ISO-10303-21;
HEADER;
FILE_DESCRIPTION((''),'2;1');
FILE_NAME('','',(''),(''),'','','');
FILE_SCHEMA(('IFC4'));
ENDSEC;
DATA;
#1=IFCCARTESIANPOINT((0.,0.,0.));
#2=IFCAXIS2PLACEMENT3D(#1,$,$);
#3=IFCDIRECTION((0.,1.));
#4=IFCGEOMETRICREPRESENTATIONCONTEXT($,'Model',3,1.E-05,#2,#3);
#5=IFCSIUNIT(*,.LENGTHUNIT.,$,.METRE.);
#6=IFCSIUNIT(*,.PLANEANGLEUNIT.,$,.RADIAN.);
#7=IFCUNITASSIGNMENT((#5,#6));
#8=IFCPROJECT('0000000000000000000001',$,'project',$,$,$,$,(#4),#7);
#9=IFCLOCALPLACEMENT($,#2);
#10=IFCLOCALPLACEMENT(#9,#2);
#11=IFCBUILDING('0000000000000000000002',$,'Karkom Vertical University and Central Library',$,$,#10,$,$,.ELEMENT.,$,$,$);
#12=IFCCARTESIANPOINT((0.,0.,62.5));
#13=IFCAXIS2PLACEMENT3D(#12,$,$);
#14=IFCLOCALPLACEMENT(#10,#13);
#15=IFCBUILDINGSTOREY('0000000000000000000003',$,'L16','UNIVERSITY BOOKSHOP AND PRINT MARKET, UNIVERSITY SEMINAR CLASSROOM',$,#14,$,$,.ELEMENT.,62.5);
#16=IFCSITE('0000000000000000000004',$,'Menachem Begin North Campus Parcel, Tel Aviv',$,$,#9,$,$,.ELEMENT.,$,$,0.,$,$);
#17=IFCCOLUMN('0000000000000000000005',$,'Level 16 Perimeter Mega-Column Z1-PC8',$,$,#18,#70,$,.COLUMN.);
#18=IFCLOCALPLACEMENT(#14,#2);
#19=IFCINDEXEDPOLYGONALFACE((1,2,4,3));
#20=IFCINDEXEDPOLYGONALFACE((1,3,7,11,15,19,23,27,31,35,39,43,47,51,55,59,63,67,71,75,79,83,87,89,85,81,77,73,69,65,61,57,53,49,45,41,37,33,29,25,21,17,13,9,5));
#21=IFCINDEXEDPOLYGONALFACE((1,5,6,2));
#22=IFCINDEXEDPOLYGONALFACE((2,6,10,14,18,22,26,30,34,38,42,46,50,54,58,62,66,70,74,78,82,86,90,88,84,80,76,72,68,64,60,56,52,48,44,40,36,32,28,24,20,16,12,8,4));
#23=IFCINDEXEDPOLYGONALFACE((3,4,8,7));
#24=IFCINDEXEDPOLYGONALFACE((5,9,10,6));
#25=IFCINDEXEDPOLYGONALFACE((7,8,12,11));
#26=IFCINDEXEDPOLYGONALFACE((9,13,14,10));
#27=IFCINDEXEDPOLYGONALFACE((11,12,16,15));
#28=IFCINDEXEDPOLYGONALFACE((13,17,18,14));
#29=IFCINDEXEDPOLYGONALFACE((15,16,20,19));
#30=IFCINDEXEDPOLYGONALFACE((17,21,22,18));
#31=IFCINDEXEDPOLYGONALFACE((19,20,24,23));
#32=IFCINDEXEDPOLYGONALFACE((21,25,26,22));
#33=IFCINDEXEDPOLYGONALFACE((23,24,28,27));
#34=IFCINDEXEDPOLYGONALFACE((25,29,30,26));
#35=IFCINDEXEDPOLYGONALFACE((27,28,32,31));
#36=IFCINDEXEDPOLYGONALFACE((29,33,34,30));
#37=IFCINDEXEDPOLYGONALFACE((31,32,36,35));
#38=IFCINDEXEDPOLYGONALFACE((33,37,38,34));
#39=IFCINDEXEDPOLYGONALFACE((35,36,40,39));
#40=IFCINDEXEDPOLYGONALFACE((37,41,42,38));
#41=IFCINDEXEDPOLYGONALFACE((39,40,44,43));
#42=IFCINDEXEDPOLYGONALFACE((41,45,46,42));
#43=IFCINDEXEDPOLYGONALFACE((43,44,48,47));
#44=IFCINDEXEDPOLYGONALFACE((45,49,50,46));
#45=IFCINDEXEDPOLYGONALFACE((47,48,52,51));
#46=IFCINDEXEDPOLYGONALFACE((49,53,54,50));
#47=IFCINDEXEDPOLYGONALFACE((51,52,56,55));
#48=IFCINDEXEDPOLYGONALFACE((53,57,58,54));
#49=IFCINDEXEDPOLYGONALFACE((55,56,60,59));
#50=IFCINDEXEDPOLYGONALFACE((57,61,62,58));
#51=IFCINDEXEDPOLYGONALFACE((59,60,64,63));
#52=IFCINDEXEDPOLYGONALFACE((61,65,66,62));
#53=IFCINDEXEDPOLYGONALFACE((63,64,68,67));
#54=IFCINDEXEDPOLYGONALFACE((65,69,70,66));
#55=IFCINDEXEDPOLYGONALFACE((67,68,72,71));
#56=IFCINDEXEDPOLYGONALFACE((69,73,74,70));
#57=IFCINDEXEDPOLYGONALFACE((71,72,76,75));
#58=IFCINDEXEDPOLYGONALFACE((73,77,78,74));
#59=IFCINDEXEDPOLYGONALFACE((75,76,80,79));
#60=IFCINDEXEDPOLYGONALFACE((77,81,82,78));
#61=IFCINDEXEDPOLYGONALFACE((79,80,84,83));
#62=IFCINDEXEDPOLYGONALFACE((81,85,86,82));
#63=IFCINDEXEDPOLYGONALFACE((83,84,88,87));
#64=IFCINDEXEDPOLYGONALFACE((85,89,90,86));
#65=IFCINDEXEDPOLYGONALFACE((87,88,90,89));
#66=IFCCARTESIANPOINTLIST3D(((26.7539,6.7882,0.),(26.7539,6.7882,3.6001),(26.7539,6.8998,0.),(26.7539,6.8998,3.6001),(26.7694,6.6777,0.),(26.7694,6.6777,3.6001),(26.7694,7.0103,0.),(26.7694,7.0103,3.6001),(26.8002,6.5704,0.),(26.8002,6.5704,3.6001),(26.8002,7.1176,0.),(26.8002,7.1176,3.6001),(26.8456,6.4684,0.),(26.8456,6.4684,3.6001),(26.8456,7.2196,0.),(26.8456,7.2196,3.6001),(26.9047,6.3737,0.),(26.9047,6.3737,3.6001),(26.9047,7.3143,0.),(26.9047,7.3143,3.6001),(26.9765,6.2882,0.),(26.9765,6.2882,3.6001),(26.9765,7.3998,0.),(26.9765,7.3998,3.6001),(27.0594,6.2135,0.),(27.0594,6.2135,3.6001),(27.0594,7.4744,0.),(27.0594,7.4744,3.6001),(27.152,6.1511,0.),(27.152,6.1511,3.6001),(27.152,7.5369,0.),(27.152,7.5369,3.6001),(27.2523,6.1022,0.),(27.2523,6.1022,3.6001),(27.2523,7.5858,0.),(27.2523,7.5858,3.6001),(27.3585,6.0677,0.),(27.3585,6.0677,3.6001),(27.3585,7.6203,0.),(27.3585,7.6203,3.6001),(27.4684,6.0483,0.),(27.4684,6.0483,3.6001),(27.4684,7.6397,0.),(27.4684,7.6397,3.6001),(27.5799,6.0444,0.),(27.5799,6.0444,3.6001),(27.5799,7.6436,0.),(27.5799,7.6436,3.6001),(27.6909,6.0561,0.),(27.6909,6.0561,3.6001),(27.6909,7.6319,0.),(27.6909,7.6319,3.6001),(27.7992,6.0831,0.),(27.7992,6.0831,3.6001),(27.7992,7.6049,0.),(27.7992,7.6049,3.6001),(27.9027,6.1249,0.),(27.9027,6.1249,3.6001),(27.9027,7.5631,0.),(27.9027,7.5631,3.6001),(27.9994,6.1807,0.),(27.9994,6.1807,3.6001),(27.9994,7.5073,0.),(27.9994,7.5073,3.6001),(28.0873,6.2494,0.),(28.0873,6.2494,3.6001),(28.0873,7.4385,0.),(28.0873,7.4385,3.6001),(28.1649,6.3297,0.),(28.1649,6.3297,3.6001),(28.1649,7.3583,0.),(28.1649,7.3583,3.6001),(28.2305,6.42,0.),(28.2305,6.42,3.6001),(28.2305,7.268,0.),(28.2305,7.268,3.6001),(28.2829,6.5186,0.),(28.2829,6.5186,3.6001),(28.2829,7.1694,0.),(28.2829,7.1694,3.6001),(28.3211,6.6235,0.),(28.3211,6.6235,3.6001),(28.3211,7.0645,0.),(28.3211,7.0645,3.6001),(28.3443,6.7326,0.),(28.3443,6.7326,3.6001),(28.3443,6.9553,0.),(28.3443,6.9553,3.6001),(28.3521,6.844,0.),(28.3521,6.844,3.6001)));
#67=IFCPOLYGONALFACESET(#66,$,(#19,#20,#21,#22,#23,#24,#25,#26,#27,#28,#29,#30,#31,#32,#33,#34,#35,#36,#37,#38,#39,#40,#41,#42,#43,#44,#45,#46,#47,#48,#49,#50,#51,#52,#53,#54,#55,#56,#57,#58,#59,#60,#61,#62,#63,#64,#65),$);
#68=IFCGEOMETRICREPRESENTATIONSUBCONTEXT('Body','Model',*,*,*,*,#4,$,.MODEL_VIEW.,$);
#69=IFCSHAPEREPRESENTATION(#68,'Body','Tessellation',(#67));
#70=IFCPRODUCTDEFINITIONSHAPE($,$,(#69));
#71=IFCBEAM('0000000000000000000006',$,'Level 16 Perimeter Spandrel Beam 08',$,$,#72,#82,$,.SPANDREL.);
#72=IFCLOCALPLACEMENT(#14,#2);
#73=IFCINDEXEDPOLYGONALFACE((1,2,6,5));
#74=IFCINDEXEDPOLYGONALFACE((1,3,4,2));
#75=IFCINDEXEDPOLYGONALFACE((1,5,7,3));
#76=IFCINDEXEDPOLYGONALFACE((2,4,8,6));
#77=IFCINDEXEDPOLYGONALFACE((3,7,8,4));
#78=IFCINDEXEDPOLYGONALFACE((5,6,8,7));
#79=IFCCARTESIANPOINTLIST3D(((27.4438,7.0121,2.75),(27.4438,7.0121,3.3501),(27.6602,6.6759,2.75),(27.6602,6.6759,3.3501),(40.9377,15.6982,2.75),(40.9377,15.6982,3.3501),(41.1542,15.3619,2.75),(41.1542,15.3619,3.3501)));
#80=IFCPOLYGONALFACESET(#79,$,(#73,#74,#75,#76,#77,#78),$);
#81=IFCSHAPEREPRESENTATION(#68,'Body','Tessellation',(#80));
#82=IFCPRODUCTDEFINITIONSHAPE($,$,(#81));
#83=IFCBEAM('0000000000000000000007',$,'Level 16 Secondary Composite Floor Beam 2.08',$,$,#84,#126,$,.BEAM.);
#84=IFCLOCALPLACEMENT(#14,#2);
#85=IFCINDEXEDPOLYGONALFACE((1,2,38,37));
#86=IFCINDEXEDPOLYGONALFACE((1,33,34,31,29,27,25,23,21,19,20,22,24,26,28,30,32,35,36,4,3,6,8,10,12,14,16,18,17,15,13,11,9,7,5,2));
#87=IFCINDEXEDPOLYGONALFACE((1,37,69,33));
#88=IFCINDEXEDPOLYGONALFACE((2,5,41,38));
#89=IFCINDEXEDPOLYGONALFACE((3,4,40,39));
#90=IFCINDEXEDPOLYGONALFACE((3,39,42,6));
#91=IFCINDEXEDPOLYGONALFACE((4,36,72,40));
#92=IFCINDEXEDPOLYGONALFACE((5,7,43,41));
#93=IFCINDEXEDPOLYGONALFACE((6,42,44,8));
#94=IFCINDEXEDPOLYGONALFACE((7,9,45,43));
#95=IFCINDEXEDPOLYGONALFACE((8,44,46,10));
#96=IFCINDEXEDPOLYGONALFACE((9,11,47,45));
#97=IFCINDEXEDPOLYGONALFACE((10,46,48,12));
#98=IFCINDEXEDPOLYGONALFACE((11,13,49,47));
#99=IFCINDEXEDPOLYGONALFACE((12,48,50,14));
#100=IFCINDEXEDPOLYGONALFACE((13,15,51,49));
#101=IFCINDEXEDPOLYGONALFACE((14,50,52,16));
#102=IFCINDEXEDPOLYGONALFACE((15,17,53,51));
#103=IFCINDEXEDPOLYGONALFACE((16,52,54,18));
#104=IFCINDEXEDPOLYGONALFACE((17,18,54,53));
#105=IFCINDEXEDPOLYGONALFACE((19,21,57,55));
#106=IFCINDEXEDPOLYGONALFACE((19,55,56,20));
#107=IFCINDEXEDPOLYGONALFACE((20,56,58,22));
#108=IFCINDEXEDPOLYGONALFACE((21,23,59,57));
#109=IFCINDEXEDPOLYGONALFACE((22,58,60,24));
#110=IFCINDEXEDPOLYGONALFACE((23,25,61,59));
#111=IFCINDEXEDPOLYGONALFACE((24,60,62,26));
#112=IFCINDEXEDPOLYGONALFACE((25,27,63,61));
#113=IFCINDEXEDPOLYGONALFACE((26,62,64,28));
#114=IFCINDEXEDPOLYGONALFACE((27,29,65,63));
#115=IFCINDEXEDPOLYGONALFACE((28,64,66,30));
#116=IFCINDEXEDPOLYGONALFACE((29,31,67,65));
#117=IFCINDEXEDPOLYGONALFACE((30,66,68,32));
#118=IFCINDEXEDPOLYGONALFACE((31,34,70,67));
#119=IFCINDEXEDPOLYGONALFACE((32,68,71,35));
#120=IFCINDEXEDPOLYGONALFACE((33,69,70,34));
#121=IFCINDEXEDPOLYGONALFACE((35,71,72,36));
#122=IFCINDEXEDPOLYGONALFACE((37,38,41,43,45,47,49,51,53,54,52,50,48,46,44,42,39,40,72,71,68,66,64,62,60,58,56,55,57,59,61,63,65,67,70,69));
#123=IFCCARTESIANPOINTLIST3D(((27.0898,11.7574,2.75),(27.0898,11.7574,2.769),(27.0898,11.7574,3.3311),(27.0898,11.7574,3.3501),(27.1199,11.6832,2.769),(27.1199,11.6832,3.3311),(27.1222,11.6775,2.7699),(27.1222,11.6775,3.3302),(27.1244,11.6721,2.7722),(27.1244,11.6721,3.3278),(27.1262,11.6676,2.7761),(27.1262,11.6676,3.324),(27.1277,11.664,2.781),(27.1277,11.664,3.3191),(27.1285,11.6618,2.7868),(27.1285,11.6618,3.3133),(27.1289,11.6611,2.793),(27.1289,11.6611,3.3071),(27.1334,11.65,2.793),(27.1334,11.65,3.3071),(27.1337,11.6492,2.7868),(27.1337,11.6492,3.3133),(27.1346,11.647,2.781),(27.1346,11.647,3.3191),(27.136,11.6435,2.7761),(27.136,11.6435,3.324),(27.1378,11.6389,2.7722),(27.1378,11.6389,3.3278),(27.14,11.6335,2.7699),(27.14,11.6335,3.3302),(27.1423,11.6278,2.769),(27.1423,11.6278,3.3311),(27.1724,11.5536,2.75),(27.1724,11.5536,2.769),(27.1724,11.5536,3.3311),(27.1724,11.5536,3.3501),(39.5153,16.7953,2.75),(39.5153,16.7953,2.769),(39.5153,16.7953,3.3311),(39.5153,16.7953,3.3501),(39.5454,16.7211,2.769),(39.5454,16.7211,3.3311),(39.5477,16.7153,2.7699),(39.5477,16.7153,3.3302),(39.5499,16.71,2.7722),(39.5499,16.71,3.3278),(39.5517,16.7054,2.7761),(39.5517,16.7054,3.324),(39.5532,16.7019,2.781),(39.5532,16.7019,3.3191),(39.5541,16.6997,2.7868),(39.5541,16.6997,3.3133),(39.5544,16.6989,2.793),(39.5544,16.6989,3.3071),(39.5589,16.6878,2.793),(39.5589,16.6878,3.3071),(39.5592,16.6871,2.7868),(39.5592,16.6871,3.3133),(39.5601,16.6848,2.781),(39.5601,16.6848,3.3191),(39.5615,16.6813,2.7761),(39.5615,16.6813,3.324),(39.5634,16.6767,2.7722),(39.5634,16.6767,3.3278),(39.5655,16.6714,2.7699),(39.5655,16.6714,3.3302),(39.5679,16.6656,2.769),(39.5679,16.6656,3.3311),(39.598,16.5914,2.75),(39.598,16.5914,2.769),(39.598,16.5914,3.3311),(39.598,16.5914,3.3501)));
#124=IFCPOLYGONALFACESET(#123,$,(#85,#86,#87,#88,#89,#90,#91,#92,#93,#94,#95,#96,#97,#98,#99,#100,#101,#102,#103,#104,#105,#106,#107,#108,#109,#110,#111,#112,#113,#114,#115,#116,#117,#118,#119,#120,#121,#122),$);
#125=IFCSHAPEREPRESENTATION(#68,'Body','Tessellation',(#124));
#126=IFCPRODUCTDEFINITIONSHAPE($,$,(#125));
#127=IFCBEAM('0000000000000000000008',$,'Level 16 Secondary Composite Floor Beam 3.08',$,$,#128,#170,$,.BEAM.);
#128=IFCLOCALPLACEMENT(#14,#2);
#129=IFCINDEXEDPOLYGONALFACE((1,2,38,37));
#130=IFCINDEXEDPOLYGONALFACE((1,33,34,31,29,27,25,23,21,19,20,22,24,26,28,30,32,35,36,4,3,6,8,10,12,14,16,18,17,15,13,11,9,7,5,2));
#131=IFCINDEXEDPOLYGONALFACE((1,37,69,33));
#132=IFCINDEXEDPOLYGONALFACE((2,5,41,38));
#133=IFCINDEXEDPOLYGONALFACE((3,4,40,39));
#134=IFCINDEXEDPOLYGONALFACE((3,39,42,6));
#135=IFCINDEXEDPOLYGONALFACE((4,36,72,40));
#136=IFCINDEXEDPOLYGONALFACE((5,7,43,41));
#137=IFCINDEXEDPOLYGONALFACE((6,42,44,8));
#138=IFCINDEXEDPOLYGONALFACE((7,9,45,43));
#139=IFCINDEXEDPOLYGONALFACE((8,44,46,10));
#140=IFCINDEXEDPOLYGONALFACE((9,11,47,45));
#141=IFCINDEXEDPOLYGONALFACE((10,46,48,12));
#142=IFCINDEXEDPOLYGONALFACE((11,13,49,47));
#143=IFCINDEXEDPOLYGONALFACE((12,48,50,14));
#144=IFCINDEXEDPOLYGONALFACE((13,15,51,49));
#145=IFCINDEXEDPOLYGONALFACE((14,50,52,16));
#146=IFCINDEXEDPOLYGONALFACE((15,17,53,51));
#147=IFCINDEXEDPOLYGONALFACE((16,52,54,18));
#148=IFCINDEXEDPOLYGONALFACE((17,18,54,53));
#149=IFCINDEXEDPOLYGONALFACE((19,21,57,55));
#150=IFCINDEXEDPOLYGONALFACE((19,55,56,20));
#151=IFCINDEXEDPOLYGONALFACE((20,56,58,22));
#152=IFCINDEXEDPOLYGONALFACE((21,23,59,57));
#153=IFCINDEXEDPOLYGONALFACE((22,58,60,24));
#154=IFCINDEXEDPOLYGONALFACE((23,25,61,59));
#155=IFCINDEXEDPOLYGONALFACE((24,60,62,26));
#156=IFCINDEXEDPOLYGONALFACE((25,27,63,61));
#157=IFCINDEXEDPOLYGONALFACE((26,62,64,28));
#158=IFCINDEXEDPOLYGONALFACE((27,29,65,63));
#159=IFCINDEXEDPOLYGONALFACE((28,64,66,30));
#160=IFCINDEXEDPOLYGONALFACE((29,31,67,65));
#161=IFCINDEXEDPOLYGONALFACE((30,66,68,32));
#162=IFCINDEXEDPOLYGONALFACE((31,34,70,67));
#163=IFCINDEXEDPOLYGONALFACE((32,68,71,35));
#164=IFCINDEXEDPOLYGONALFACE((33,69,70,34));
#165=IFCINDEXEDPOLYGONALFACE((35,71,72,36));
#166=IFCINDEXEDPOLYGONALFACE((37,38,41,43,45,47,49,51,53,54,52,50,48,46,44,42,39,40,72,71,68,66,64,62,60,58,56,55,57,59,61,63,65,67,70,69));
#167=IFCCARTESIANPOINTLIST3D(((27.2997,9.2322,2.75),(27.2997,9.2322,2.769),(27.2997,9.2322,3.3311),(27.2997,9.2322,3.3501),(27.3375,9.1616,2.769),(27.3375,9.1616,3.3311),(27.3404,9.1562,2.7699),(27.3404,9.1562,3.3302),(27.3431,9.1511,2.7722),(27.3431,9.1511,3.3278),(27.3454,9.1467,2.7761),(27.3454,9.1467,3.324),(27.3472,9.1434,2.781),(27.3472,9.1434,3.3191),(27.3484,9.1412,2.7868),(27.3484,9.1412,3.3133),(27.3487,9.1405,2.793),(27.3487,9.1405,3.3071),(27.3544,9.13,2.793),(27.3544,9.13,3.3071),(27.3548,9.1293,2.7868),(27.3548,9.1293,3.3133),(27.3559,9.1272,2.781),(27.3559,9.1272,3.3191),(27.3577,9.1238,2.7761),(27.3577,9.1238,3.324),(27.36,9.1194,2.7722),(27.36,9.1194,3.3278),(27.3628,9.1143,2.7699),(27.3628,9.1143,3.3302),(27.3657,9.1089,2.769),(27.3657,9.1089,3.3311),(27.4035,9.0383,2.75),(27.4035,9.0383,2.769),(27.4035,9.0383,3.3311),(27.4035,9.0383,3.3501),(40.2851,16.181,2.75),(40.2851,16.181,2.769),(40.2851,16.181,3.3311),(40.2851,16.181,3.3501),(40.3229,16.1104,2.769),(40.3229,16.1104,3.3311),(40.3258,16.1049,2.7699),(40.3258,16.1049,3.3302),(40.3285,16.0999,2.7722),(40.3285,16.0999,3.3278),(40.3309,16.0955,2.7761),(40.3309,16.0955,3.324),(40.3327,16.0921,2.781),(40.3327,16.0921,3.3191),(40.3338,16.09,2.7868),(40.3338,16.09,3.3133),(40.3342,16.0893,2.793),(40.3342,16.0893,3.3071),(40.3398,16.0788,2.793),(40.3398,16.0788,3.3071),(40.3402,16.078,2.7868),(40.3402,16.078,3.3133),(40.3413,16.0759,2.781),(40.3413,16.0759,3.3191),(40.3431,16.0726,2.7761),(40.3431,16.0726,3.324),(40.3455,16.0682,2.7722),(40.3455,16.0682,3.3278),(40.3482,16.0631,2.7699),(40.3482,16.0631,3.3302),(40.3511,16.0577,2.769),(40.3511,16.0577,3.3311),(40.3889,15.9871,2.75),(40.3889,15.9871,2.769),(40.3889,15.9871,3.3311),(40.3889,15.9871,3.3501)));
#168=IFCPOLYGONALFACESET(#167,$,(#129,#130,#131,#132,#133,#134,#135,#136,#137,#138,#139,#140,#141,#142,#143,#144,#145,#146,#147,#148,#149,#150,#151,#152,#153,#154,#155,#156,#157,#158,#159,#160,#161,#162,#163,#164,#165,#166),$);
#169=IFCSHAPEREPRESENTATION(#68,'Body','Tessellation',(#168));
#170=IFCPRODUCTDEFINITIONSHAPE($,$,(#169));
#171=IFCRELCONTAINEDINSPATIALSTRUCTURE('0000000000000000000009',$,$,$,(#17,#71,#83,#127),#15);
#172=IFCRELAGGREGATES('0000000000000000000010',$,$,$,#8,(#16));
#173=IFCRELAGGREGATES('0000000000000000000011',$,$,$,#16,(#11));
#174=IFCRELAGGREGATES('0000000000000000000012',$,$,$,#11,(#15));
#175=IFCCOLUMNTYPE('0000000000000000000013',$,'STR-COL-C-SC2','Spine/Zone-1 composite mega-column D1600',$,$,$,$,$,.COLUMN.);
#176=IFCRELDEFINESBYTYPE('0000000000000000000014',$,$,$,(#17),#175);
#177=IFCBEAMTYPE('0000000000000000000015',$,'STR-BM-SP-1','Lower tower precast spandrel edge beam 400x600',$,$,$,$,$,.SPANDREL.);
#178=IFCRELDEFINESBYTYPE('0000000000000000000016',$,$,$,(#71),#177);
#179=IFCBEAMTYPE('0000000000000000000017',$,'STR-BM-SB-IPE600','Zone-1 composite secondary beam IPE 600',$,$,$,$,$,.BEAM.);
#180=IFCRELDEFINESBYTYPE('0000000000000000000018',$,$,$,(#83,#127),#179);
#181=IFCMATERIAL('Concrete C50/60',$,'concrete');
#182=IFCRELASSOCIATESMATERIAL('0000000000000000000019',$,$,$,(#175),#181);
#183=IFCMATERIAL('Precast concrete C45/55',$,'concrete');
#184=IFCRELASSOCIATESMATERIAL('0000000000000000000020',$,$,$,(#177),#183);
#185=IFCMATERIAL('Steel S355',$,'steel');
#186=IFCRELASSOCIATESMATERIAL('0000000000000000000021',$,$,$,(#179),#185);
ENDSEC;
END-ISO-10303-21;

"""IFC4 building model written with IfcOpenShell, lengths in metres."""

from ifc_helpers import new_model, si_unit, direction, frame, origin, origin_with_axes, origin_2d, place, context, subcontext, project, spatial, rectangle, circle, i_section, extrude, source, transform, mapped, material, material_profile, profile_set, type_object, element, save


model = new_model("IFC4")

# Units and contexts
model_context = context("Model", 3, precision=1e-05, world=origin(), true_north=direction((0.0, 1.0)))
body_context = subcontext(model_context, "Body", "Model", "MODEL_VIEW")
ifc_project = project(units=[si_unit("LENGTHUNIT", "METRE"), si_unit("PLANEANGLEUNIT", "RADIAN")], contexts=[model_context])

# Site, building, storey
site_placement = place(None, origin())
site = spatial("IfcSite", under=ifc_project, at=site_placement, Name="Menachem Begin North Campus Parcel, Tel Aviv", CompositionType="ELEMENT", RefElevation=0.0)
building_placement = place(site_placement, origin())
building = spatial("IfcBuilding", under=site, at=building_placement, Name="Karkom Vertical University and Central Library", CompositionType="ELEMENT")
storey_placement = place(building_placement, frame((0.0, 0.0, 62.5)))
storey = spatial("IfcBuildingStorey", under=building, at=storey_placement, Name="L16", Description="UNIVERSITY BOOKSHOP AND PRINT MARKET, UNIVERSITY SEMINAR CLASSROOM", CompositionType="ELEMENT", Elevation=62.5)

# Column
ifc_material_1 = material(Name="Concrete C50/60", Category="concrete")
ifc_material_profile_1 = material_profile(ifc_material_1, circle(Radius=0.8, at=origin_2d()), Name="CFT-D1600")
ifc_profile_set_1 = profile_set([ifc_material_profile_1], Name="Concrete C50/60")
column_type = type_object("IfcColumnType", Name="STR-COL-C-SC2", Description="Spine/Zone-1 composite mega-column D1600", PredefinedType="COLUMN", material=ifc_profile_set_1)
shared_shape_1 = source(origin_with_axes(), body_context, "Body", "SweptSolid", [
    extrude(circle(Radius=0.8, at=origin_2d()), origin(), (0.0, 0.0, 1.0), 3.6001),
])
column_placement = place(storey_placement, frame((27.552, 6.844, 0.0), z_axis=(0.0, 0.0, 1.0), x_axis=(1.0, 0.0, 0.0)))
element("IfcColumn", 1, at=column_placement, inside=storey, type_object=column_type, Name="Level 16 Perimeter Mega-Column Z1-PC8", PredefinedType="COLUMN", context=body_context, shape_type="MappedRepresentation", body=[
    mapped(shared_shape_1, transform((0.0, 0.0, 0.0), scale=1.0)),
])

# Beams
ifc_material_2 = material(Name="Precast concrete C45/55", Category="concrete")
ifc_material_profile_2 = material_profile(ifc_material_2, rectangle(XDim=0.3999, YDim=0.6001, at=origin_2d()), Name="SPB-400x600")
ifc_profile_set_2 = profile_set([ifc_material_profile_2], Name="Precast concrete C45/55")
beam_type_1 = type_object("IfcBeamType", Name="STR-BM-SP-1", Description="Lower tower precast spandrel edge beam 400x600", PredefinedType="SPANDREL", material=ifc_profile_set_2)
shared_shape_2 = source(origin_with_axes(), body_context, "Body", "SweptSolid", [
    extrude(rectangle(XDim=0.3999, YDim=0.6001, at=origin_2d()), origin(), (0.0, 0.0, 1.0), 16.0479),
])
beam_1_placement = place(storey_placement, frame((27.552, 6.844, 3.05), z_axis=(0.840856, 0.54126, 0.0), x_axis=(-0.54126, 0.840856, 0.0)))
element("IfcBeam", 2, at=beam_1_placement, inside=storey, type_object=beam_type_1, Name="Level 16 Perimeter Spandrel Beam 08", PredefinedType="SPANDREL", context=body_context, shape_type="MappedRepresentation", body=[
    mapped(shared_shape_2, transform((0.0, 0.0, 0.0), scale=1.0)),
])
ifc_material_3 = material(Name="Steel S355", Category="steel")
ifc_material_profile_3 = material_profile(ifc_material_3, i_section(OverallWidth=0.22, OverallDepth=0.6001, WebThickness=0.012, FlangeThickness=0.019, FilletRadius=0.0239, at=origin_2d()), Name="IPE 600")
ifc_profile_set_3 = profile_set([ifc_material_profile_3], Name="Steel S355")
beam_type_2 = type_object("IfcBeamType", Name="STR-BM-SB-IPE600", Description="Zone-1 composite secondary beam IPE 600", PredefinedType="BEAM", material=ifc_profile_set_3)
shared_shape_3 = source(origin_with_axes(), body_context, "Body", "SweptSolid", [
    extrude(i_section(OverallWidth=0.22, OverallDepth=0.6001, WebThickness=0.012, FlangeThickness=0.019, FilletRadius=0.0239, at=origin_2d()), origin(), (0.0, 0.0, 1.0), 13.408),
])
beam_2_placement = place(storey_placement, frame((27.1311, 11.6555, 3.05), z_axis=(0.926727, 0.375735, 0.0), x_axis=(-0.375735, 0.926727, 0.0)))
element("IfcBeam", 3, at=beam_2_placement, inside=storey, type_object=beam_type_2, Name="Level 16 Secondary Composite Floor Beam 2.08", PredefinedType="BEAM", context=body_context, shape_type="MappedRepresentation", body=[
    mapped(shared_shape_3, transform((0.0, 0.0, 0.0), scale=1.0)),
])
shared_shape_4 = source(origin_with_axes(), body_context, "Body", "SweptSolid", [
    extrude(i_section(OverallWidth=0.22, OverallDepth=0.6001, WebThickness=0.012, FlangeThickness=0.019, FilletRadius=0.0239, at=origin_2d()), origin(), (0.0, 0.0, 1.0), 14.7278),
])
beam_3_placement = place(storey_placement, frame((27.3516, 9.1353, 3.05), z_axis=(0.881698, 0.471815, 0.0), x_axis=(-0.471815, 0.881698, 0.0)))
element("IfcBeam", 4, at=beam_3_placement, inside=storey, type_object=beam_type_2, Name="Level 16 Secondary Composite Floor Beam 3.08", PredefinedType="BEAM", context=body_context, shape_type="MappedRepresentation", body=[
    mapped(shared_shape_4, transform((0.0, 0.0, 0.0), scale=1.0)),
])

save(model, "model.ifc")
